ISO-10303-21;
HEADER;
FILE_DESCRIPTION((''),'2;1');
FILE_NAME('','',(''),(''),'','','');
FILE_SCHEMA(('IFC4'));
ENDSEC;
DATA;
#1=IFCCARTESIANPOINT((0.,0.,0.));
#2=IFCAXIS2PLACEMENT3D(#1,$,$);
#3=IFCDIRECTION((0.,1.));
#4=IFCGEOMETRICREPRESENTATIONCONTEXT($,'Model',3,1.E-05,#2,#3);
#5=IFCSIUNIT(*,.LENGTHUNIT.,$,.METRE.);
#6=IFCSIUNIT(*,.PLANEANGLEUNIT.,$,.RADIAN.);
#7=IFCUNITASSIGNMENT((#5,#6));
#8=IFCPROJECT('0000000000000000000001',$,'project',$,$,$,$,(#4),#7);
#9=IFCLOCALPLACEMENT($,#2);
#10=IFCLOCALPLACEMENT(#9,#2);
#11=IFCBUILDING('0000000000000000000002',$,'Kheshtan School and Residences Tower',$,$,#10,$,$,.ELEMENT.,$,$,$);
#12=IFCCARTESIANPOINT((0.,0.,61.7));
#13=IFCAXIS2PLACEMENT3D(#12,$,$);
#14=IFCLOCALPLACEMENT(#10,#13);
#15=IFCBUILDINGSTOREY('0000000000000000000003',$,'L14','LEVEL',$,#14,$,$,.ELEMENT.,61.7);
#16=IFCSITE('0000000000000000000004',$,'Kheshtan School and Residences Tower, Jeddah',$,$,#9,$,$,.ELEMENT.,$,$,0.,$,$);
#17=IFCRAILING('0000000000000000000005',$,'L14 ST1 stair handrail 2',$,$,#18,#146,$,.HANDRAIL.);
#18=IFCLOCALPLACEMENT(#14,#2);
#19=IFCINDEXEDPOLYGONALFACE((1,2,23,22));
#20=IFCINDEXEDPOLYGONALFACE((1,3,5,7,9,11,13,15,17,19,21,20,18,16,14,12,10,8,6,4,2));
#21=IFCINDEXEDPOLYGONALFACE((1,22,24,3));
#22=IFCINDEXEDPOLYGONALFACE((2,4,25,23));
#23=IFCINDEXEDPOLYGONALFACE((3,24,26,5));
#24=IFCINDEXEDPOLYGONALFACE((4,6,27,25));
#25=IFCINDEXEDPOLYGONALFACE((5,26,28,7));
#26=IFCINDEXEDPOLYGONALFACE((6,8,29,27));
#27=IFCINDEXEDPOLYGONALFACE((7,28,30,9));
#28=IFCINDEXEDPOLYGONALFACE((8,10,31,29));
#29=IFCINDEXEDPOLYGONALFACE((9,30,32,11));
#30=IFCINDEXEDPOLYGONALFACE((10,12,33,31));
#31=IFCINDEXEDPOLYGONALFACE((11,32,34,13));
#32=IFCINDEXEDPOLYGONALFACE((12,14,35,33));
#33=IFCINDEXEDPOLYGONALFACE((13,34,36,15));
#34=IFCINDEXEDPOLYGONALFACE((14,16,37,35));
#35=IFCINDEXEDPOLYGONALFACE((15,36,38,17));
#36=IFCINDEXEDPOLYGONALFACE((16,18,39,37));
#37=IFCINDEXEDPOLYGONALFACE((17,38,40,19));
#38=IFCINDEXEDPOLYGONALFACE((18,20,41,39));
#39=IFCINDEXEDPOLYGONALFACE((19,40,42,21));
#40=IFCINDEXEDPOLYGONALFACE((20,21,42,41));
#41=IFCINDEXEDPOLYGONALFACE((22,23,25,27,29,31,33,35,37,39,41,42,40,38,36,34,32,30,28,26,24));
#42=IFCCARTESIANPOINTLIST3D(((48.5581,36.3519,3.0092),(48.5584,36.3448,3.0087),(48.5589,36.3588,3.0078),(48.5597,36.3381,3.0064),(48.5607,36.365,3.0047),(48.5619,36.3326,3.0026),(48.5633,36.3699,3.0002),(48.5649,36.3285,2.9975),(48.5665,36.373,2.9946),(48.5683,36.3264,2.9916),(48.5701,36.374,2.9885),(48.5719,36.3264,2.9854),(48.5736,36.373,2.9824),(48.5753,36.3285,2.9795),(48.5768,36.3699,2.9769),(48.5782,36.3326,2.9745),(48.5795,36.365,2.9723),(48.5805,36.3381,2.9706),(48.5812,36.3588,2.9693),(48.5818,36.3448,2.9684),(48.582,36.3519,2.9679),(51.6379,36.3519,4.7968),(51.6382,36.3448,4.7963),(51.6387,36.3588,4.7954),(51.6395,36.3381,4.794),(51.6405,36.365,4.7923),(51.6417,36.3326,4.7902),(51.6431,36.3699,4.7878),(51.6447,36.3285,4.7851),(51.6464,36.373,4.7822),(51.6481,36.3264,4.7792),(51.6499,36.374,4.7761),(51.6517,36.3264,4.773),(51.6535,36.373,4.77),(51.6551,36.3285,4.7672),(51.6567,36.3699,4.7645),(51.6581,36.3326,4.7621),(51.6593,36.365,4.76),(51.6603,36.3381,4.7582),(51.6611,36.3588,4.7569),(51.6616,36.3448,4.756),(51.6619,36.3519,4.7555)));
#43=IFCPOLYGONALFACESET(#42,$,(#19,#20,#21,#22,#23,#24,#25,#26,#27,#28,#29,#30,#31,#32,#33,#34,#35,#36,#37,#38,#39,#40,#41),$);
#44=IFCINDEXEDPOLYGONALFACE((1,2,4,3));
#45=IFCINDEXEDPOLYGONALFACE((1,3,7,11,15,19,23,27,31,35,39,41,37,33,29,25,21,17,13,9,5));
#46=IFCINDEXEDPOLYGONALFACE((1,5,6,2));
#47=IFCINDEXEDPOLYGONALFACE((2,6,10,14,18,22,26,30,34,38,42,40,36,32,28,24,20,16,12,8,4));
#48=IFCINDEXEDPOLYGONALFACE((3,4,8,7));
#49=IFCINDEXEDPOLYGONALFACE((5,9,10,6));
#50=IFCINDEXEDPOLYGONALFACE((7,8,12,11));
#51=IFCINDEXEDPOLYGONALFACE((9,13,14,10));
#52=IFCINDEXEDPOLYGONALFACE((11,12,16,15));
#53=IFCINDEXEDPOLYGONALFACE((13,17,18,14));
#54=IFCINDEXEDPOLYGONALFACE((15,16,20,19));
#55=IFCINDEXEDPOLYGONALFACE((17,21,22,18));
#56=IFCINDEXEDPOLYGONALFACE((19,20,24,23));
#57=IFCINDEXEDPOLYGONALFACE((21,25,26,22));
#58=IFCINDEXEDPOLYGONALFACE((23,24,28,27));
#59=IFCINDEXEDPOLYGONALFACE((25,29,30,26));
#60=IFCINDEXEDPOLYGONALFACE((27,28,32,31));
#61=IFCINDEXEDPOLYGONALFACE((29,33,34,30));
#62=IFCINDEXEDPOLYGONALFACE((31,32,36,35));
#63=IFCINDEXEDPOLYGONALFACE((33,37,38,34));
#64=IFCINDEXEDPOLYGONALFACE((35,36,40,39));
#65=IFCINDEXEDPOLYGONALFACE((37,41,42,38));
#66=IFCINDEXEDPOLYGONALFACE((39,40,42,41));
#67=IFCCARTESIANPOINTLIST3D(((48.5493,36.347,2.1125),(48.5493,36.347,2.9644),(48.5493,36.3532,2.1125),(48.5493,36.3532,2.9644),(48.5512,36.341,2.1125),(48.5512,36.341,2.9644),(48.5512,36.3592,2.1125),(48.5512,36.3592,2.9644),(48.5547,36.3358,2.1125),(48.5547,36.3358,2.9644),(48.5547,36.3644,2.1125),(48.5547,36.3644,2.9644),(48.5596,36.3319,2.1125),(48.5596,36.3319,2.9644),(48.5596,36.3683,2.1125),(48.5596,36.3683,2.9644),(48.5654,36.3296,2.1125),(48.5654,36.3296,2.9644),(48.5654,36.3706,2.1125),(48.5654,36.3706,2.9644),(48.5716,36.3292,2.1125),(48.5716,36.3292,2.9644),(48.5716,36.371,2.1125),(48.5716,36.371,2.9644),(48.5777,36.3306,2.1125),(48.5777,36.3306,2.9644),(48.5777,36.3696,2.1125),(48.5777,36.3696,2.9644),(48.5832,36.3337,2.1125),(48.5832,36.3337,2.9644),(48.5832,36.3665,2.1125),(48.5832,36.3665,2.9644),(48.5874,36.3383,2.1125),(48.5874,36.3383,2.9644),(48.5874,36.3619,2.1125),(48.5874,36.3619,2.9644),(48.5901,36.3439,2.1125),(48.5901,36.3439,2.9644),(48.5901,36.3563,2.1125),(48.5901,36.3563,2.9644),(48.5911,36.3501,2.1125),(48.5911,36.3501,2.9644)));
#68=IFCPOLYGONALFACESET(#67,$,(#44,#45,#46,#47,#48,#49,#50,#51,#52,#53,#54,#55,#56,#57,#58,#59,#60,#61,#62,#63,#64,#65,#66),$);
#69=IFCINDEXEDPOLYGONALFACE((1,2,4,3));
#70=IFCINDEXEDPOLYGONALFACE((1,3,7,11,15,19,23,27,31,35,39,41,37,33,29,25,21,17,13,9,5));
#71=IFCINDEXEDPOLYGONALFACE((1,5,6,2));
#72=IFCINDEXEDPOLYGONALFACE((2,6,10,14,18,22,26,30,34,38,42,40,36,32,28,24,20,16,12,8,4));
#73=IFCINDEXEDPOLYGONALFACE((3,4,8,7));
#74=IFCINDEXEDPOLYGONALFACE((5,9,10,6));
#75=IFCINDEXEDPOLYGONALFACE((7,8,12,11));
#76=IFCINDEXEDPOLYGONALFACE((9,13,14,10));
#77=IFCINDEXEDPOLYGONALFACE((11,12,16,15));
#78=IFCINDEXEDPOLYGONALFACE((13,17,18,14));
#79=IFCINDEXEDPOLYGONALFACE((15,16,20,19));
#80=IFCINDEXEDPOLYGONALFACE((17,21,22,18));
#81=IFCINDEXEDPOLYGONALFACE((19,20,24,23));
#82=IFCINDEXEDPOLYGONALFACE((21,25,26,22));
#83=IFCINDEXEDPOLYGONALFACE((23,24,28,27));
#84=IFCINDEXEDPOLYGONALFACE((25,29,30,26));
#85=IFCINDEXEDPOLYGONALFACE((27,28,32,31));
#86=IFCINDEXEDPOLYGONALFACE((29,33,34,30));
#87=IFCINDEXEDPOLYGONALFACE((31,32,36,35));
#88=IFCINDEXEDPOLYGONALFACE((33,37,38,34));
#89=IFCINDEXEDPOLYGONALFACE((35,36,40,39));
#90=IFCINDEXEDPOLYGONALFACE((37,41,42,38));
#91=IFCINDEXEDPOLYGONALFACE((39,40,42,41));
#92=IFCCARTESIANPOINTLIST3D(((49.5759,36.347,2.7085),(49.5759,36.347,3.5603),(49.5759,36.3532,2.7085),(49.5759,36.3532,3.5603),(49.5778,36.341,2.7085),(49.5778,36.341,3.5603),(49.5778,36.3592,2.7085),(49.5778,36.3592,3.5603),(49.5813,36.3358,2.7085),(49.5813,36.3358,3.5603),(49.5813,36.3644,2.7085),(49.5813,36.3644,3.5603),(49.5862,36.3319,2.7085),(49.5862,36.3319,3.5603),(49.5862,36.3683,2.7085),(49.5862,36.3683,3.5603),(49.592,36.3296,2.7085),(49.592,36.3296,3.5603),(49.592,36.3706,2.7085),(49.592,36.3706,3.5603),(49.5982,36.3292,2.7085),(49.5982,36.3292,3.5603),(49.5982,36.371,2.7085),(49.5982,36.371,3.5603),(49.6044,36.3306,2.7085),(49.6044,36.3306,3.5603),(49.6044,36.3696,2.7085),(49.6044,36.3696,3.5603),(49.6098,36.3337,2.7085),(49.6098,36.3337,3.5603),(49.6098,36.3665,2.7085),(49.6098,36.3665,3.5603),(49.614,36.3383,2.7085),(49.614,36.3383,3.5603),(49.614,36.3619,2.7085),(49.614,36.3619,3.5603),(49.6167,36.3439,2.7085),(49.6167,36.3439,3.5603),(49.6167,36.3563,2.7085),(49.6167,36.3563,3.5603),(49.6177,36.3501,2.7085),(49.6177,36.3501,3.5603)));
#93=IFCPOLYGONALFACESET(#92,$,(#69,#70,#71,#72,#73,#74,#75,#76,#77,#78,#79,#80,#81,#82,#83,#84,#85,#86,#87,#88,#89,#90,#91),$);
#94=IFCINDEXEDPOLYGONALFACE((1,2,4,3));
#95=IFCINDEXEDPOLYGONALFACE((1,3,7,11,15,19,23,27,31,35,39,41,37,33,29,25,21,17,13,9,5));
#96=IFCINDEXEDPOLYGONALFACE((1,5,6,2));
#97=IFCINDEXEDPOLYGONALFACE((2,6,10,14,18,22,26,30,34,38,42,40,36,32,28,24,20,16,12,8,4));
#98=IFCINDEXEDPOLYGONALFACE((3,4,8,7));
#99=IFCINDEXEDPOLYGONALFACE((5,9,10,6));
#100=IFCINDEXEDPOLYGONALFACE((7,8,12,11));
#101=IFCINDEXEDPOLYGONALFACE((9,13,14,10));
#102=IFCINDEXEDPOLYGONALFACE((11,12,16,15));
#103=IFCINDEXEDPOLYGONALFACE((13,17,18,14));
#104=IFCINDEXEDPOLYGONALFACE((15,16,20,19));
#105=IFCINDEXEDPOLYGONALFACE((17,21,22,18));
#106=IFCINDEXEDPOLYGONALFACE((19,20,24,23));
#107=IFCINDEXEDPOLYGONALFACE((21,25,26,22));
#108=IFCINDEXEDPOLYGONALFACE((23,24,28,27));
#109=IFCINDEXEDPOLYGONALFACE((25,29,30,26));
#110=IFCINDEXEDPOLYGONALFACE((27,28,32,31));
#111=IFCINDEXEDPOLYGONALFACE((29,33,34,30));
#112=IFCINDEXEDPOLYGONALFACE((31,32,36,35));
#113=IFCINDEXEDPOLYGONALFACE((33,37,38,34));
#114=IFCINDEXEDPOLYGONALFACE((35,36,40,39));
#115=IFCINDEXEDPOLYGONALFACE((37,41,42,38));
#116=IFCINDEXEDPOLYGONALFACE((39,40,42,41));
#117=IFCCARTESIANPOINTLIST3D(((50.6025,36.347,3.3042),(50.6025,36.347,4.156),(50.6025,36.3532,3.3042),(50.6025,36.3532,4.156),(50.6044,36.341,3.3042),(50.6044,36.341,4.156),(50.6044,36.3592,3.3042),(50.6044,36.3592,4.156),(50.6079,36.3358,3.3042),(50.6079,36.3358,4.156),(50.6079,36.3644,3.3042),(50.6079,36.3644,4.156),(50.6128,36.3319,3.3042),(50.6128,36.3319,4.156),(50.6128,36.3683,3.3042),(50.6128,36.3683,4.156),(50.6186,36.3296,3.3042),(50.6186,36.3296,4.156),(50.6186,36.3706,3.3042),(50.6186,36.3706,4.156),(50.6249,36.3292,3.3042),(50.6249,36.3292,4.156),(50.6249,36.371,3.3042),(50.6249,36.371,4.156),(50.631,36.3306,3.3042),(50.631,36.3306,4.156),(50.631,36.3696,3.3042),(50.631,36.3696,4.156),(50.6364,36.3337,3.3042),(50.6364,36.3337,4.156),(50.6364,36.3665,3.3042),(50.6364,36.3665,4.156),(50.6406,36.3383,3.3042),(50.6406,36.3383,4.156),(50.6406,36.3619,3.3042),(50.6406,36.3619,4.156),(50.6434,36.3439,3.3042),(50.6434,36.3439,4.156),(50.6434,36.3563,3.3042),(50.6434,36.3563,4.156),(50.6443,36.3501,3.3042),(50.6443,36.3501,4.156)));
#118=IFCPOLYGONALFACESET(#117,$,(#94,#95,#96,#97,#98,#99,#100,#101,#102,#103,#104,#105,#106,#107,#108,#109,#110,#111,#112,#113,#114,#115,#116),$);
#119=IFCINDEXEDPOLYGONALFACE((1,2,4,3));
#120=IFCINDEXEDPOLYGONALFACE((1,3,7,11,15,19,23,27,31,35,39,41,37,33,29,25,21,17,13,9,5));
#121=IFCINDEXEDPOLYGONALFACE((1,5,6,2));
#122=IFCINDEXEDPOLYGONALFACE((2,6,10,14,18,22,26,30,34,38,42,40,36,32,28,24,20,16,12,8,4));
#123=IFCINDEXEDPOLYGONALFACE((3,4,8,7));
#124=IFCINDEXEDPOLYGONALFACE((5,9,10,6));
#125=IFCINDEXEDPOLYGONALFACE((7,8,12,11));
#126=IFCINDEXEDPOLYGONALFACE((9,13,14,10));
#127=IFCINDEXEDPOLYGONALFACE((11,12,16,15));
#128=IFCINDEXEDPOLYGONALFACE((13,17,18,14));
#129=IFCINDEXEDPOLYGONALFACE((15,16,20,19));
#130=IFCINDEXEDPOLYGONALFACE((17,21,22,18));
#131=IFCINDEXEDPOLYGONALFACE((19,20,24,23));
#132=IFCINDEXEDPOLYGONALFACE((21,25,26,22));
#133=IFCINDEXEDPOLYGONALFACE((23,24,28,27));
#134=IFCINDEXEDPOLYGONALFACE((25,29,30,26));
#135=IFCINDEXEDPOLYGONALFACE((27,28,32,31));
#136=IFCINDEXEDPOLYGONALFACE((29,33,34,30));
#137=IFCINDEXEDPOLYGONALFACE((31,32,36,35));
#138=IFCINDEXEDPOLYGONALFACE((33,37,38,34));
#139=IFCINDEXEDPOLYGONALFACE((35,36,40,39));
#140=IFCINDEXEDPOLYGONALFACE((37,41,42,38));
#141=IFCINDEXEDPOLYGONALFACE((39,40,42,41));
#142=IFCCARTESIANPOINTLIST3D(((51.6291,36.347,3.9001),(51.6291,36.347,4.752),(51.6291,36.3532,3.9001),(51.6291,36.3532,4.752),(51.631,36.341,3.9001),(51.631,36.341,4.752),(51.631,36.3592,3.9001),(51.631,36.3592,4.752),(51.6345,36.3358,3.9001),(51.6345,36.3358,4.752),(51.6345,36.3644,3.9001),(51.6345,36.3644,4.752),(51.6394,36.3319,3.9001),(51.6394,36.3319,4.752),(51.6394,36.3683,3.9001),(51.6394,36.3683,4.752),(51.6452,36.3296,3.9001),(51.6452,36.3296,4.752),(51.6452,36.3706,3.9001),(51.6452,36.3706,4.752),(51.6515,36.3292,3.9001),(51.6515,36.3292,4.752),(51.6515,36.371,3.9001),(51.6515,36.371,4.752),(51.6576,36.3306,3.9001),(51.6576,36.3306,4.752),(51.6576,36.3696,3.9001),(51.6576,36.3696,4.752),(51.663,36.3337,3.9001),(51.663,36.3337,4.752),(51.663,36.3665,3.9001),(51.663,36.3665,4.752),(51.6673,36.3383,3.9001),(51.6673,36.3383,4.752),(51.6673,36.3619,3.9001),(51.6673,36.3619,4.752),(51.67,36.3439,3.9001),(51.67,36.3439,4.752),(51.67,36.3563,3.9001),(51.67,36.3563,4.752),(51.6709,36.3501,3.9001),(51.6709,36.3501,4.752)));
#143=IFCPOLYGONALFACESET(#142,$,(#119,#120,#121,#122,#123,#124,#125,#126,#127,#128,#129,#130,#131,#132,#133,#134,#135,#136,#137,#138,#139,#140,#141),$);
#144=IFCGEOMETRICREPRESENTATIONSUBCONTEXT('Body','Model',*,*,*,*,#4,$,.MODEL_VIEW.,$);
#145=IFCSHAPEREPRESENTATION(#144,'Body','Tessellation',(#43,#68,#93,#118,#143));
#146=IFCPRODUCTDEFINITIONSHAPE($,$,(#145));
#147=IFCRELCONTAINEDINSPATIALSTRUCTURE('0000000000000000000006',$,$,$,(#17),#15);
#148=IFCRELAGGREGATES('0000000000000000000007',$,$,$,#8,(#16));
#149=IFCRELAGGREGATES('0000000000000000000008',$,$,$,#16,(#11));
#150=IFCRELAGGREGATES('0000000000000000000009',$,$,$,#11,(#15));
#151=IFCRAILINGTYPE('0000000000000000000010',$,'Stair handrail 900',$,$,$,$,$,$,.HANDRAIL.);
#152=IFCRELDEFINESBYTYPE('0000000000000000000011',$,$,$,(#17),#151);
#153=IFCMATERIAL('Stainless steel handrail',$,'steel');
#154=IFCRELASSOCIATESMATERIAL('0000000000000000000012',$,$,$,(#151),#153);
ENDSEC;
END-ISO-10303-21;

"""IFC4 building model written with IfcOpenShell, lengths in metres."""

from ifc_helpers import new_model, si_unit, direction, frame, origin, origin_2d, place, context, subcontext, project, spatial, circle, extrude, material, type_object, element, save


model = new_model("IFC4")

# Units and contexts
model_context = context("Model", 3, precision=1e-05, world=origin(), true_north=direction((0.0, 1.0)))
body_context = subcontext(model_context, "Body", "Model", "MODEL_VIEW")
ifc_project = project(units=[si_unit("LENGTHUNIT", "METRE"), si_unit("PLANEANGLEUNIT", "RADIAN")], contexts=[model_context])

# Site, building, storey
site_placement = place(None, origin())
site = spatial("IfcSite", under=ifc_project, at=site_placement, Name="Kheshtan School and Residences Tower, Jeddah", CompositionType="ELEMENT", RefElevation=0.0)
building_placement = place(site_placement, origin())
building = spatial("IfcBuilding", under=site, at=building_placement, Name="Kheshtan School and Residences Tower", CompositionType="ELEMENT")
storey_placement = place(building_placement, frame((0.0, 0.0, 61.7)))
storey = spatial("IfcBuildingStorey", under=building, at=storey_placement, Name="L14", Description="LEVEL", CompositionType="ELEMENT", Elevation=61.7)

# Railing
ifc_material_1 = material(Name="Stainless steel handrail", Category="steel")
railing_type_1 = type_object("IfcRailingType", Name="Stair handrail 900", PredefinedType="HANDRAIL", material=ifc_material_1)
railing_1_placement = place(storey_placement, frame((48.5701, 36.3501, 2.1125)))
element("IfcRailing", 1, at=railing_1_placement, inside=storey, type_object=railing_type_1, Name="L14 ST1 stair handrail 2", PredefinedType="HANDRAIL", context=body_context, shape_type="SweptSolid", body=[
    extrude(circle(Radius=0.0239, at=origin_2d()), frame((0.0, 0.0, 0.876), z_axis=(0.864873, 0.0, 0.50199), x_axis=(0.0, 1.0, 0.0)), (0.0, 0.0, 1.0), 3.561),
    extrude(circle(Radius=0.021, at=origin_2d()), origin(), (0.0, 0.0, 1.0), 0.8518),
    extrude(circle(Radius=0.021, at=origin_2d()), frame((1.0266, 0.0, 0.5959)), (0.0, 0.0, 1.0), 0.8518),
    extrude(circle(Radius=0.021, at=origin_2d()), frame((2.0532, 0.0, 1.1917)), (0.0, 0.0, 1.0), 0.8518),
    extrude(circle(Radius=0.021, at=origin_2d()), frame((3.0798, 0.0, 1.7876)), (0.0, 0.0, 1.0), 0.8518),
])

save(model, "model.ifc")
